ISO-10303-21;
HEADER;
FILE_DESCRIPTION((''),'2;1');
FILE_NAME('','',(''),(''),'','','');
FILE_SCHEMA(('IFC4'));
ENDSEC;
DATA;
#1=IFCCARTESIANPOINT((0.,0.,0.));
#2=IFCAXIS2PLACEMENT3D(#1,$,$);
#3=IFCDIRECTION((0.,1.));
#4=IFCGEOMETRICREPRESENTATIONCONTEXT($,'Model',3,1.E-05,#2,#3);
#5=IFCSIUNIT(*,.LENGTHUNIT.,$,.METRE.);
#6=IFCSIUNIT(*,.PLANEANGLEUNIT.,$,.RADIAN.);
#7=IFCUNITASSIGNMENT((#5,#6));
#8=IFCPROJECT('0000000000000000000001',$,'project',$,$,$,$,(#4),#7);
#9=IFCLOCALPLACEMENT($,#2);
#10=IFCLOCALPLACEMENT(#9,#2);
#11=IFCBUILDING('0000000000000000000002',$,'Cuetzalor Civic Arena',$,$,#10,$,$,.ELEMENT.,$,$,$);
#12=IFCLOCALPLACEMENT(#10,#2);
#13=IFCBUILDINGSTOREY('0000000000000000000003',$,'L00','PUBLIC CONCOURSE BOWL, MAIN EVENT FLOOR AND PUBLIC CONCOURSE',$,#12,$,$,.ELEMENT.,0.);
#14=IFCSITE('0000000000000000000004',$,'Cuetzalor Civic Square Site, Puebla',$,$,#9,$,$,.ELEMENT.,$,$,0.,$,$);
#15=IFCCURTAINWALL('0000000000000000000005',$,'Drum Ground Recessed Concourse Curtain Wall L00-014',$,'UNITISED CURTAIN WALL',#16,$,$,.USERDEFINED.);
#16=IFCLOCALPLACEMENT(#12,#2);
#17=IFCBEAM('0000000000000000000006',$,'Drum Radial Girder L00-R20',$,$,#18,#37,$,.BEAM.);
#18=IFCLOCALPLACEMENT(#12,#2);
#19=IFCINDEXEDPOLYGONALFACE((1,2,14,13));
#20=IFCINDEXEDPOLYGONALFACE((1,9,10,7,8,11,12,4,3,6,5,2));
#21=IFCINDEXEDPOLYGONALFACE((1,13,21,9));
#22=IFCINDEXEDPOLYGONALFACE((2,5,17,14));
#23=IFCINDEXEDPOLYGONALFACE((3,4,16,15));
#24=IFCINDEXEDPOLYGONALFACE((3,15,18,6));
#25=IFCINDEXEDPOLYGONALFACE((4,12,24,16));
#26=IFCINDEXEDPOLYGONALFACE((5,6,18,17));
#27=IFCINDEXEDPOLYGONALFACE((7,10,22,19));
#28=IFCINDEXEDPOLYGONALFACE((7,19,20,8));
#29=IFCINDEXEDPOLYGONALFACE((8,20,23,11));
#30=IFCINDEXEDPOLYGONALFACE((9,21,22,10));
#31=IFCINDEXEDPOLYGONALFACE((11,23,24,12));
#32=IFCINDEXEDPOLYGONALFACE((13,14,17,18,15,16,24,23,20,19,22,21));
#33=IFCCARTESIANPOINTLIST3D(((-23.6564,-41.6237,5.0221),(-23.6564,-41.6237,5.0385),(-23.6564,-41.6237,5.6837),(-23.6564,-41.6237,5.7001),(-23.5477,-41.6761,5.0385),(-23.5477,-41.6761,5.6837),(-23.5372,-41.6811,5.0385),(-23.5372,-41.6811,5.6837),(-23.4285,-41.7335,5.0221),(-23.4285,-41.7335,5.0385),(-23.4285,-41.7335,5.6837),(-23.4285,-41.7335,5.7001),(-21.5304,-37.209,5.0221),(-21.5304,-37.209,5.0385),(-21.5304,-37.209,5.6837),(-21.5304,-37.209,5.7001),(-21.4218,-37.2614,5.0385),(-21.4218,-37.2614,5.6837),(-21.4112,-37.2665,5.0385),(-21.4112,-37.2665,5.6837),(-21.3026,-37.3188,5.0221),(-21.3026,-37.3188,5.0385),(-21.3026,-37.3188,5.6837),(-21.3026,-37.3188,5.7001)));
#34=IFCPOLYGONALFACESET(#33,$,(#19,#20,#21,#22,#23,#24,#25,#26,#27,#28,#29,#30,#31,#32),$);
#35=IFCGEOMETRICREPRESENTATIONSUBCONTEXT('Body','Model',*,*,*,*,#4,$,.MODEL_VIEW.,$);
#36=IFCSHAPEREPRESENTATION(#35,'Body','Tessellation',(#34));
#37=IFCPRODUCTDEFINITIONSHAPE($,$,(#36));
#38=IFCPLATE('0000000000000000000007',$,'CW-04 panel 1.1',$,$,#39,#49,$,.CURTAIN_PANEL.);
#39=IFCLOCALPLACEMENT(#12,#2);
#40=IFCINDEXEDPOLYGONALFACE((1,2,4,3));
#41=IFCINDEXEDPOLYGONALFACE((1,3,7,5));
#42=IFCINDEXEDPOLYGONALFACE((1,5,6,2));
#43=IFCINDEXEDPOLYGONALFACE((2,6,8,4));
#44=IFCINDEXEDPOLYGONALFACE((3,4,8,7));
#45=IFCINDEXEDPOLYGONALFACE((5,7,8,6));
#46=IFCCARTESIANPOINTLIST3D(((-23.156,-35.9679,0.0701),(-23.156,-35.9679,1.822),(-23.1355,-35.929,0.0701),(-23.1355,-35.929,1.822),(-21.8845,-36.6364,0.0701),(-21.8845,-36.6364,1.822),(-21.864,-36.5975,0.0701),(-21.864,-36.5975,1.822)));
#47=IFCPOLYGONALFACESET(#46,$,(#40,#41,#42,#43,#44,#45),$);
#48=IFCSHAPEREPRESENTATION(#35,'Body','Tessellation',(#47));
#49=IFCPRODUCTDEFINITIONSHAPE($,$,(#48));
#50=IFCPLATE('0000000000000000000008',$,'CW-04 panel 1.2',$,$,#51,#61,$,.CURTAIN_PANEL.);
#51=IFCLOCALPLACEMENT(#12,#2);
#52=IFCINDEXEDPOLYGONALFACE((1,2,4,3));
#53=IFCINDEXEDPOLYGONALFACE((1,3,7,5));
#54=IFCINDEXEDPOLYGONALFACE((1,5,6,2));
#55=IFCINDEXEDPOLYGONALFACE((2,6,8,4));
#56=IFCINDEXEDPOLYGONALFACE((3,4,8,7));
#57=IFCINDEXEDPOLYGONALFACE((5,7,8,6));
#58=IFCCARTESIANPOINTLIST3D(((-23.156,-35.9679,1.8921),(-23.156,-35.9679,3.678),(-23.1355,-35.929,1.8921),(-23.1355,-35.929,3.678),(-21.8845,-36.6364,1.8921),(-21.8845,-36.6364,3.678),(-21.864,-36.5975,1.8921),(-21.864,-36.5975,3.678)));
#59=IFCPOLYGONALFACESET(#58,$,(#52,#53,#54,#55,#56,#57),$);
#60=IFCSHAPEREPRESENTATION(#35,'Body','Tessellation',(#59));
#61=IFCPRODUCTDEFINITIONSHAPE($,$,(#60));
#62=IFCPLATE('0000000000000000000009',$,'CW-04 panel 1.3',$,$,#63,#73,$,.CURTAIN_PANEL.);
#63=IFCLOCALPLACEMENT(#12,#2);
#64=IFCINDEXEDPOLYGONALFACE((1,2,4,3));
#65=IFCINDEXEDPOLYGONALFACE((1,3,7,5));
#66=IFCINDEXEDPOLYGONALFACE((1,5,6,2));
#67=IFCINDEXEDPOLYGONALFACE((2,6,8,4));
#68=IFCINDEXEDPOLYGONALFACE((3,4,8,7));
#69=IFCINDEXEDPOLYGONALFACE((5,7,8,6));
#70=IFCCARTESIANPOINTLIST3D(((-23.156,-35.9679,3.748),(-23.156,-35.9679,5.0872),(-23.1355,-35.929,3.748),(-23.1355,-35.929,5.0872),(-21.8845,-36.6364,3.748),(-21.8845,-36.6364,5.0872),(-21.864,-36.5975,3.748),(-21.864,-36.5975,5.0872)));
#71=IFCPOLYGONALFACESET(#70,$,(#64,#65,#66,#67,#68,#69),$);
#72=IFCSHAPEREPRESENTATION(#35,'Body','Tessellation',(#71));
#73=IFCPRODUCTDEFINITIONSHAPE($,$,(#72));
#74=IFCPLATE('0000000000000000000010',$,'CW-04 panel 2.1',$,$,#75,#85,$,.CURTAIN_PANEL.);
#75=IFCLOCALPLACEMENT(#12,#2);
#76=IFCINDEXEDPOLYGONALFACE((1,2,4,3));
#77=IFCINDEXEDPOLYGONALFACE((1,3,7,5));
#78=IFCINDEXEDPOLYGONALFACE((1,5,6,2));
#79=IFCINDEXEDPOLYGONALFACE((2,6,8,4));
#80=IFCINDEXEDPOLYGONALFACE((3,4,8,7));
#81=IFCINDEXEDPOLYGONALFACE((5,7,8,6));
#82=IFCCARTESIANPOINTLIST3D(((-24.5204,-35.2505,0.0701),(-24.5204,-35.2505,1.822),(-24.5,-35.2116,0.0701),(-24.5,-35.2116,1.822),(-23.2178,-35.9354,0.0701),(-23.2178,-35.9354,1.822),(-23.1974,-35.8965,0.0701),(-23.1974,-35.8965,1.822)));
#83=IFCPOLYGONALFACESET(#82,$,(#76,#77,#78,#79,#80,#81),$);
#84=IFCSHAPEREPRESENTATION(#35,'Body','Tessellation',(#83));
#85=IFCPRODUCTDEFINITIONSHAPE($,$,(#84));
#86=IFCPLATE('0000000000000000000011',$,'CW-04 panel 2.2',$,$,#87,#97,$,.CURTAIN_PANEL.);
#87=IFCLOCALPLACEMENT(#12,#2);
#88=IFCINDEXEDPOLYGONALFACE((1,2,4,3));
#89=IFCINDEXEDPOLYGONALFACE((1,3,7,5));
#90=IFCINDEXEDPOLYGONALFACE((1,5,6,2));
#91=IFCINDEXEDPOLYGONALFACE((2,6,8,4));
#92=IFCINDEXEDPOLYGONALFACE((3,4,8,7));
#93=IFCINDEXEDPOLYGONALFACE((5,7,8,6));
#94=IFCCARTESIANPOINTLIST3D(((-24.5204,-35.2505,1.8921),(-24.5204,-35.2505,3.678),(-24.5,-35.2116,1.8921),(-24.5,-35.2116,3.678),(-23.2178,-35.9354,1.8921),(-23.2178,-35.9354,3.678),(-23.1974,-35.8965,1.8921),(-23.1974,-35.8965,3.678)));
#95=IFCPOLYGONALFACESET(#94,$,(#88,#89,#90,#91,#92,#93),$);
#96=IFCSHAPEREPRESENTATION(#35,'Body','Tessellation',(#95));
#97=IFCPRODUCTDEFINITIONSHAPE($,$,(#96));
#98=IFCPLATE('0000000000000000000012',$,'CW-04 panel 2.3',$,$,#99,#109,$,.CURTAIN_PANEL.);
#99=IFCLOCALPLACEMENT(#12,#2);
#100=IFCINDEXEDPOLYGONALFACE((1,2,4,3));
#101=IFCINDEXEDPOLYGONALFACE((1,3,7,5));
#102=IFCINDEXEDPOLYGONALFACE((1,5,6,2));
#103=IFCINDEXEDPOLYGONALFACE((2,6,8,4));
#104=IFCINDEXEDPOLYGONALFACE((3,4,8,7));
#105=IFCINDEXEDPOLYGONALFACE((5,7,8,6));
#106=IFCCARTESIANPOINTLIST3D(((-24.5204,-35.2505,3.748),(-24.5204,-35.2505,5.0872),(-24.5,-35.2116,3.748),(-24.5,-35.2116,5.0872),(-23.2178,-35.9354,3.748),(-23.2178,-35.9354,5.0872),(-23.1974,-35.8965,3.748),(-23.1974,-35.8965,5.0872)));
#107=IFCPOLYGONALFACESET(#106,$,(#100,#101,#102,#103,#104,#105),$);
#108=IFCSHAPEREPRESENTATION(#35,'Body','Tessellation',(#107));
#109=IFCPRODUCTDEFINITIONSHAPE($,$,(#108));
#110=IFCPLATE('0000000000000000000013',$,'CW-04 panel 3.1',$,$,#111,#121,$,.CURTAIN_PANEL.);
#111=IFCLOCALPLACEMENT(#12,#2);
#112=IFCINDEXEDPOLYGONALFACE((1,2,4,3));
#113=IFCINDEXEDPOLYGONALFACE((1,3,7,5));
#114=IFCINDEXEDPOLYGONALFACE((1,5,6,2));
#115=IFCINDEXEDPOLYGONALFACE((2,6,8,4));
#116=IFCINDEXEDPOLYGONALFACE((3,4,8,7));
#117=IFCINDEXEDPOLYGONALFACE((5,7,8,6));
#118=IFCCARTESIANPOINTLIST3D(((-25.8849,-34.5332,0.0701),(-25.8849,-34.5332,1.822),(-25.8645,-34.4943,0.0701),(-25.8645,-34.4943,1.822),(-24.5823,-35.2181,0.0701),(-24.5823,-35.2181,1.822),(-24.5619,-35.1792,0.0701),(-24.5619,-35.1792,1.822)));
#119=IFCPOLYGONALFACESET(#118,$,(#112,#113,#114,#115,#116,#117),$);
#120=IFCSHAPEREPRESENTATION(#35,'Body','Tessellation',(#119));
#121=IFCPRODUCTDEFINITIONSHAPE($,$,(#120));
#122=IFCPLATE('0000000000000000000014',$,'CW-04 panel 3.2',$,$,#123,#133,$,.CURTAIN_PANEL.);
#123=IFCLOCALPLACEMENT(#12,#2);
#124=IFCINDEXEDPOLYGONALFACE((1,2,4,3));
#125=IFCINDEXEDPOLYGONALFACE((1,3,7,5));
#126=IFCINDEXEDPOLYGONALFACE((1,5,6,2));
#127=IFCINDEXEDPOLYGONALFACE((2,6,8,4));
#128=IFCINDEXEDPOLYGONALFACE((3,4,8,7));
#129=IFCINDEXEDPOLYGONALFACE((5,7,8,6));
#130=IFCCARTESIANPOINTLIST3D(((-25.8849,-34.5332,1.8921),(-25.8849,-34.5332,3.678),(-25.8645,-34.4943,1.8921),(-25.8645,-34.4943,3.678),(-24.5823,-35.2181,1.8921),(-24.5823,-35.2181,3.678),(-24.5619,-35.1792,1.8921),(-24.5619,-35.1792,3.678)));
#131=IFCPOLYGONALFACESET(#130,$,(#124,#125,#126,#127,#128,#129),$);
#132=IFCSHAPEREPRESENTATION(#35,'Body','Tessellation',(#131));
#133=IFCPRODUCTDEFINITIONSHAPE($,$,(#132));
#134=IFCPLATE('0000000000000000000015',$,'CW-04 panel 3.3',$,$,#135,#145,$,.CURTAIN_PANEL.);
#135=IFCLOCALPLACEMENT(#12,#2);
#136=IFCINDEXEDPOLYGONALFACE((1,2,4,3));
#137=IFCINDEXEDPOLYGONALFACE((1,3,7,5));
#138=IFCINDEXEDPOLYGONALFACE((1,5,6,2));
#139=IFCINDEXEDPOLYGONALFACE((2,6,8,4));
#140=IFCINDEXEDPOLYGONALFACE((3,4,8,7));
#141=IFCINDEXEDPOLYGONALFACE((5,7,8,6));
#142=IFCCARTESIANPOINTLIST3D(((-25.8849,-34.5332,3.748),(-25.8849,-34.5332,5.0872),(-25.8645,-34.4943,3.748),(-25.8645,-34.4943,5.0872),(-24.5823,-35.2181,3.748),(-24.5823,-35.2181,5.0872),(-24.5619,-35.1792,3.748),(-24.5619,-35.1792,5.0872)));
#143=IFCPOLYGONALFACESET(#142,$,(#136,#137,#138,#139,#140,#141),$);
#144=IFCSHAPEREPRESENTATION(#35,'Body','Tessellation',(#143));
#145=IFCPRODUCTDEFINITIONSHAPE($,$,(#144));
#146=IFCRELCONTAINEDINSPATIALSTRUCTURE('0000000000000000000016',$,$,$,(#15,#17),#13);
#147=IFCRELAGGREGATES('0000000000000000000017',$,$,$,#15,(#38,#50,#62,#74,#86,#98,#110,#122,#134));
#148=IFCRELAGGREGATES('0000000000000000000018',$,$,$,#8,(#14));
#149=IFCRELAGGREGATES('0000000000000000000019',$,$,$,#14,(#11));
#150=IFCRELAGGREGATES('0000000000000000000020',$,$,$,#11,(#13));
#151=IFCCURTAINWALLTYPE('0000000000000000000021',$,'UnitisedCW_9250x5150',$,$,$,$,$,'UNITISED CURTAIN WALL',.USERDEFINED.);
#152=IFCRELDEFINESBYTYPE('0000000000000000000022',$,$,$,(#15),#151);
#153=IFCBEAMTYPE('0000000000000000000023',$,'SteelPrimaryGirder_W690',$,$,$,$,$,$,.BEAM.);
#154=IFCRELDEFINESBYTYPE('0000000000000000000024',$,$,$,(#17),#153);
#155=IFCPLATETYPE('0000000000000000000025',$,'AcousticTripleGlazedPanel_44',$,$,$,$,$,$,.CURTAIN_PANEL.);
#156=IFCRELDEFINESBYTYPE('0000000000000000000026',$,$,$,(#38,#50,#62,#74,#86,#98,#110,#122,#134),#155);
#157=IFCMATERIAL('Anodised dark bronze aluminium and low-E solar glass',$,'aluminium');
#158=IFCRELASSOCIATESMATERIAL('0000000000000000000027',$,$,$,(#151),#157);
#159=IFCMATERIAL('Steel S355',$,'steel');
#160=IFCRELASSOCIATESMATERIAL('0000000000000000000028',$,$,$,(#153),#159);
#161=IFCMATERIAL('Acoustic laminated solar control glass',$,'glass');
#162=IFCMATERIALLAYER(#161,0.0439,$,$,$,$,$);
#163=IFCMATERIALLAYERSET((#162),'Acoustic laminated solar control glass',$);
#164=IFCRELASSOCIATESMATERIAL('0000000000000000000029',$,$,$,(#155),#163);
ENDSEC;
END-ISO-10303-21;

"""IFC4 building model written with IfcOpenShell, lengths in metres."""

from ifc_helpers import new_model, si_unit, direction, frame, origin, origin_2d, place, context, subcontext, project, spatial, rectangle, i_section, extrude, material, layer, layer_set, material_profile, profile_set, type_object, element, aggregate, save


model = new_model("IFC4")

# Units and contexts
model_context = context("Model", 3, precision=1e-05, world=origin(), true_north=direction((0.0, 1.0)))
body_context = subcontext(model_context, "Body", "Model", "MODEL_VIEW")
ifc_project = project(units=[si_unit("LENGTHUNIT", "METRE"), si_unit("PLANEANGLEUNIT", "RADIAN")], contexts=[model_context])

# Site, building, storey
site_placement = place(None, origin())
site = spatial("IfcSite", under=ifc_project, at=site_placement, Name="Cuetzalor Civic Square Site, Puebla", CompositionType="ELEMENT", RefElevation=0.0)
building_placement = place(site_placement, origin())
building = spatial("IfcBuilding", under=site, at=building_placement, Name="Cuetzalor Civic Arena", CompositionType="ELEMENT")
storey_placement = place(building_placement, origin())
storey = spatial("IfcBuildingStorey", under=building, at=storey_placement, Name="L00", Description="PUBLIC CONCOURSE BOWL, MAIN EVENT FLOOR AND PUBLIC CONCOURSE", CompositionType="ELEMENT", Elevation=0.0)

# Curtain wall
ifc_material_1 = material(Name="Anodised dark bronze aluminium and low-E solar glass", Category="aluminium")
curtain_wall_type = type_object("IfcCurtainWallType", Name="UnitisedCW_9250x5150", ElementType="UNITISED CURTAIN WALL", PredefinedType="USERDEFINED", material=ifc_material_1)
curtain_wall_placement = place(storey_placement, origin())
curtain_wall = element("IfcCurtainWall", 1, at=curtain_wall_placement, inside=storey, type_object=curtain_wall_type, Name="Drum Ground Recessed Concourse Curtain Wall L00-014", ObjectType="UNITISED CURTAIN WALL", PredefinedType="USERDEFINED")

# Beam
ifc_material_2 = material(Name="Steel S355", Category="steel")
ifc_material_profile_1 = material_profile(ifc_material_2, i_section(OverallWidth=0.2529, OverallDepth=0.678, WebThickness=0.0117, FlangeThickness=0.0164, at=origin_2d()), Name="W690x125")
ifc_profile_set_1 = profile_set([ifc_material_profile_1], Name="Steel S355")
beam_type_1 = type_object("IfcBeamType", Name="SteelPrimaryGirder_W690", PredefinedType="BEAM", material=ifc_profile_set_1)
beam_1_placement = place(storey_placement, frame((-21.4165, -37.2639, 5.3611), z_axis=(-0.433871, -0.900975, 0.0), x_axis=(0.900975, -0.433871, 0.0)))
element("IfcBeam", 2, at=beam_1_placement, inside=storey, type_object=beam_type_1, Name="Drum Radial Girder L00-R20", PredefinedType="BEAM", context=body_context, shape_type="SweptSolid", body=[
    extrude(i_section(OverallWidth=0.2529, OverallDepth=0.678, WebThickness=0.0117, FlangeThickness=0.0164, at=origin_2d()), origin(), (0.0, 0.0, 1.0), 4.8999),
])

# Plates
ifc_material_3 = material(Name="Acoustic laminated solar control glass", Category="glass")
ifc_layer = layer(ifc_material_3, 0.0439)
ifc_layer_set = layer_set([ifc_layer], Name="Acoustic laminated solar control glass")
plate_type = type_object("IfcPlateType", Name="AcousticTripleGlazedPanel_44", PredefinedType="CURTAIN_PANEL", material=ifc_layer_set)
plate_1_placement = place(storey_placement, frame((-22.51, -36.2827, 0.0701), z_axis=(0.0, 0.0, 1.0), x_axis=(-0.885118, 0.465366, 0.0)))
plate_1 = element("IfcPlate", 3, at=plate_1_placement, type_object=plate_type, Name="CW-04 panel 1.1", PredefinedType="CURTAIN_PANEL", context=body_context, shape_type="SweptSolid", body=[
    extrude(rectangle(XDim=1.4365, YDim=0.0439, at=origin_2d()), origin(), (0.0, 0.0, 1.0), 1.752),
])
plate_2_placement = place(storey_placement, frame((-22.51, -36.2827, 1.8921), z_axis=(0.0, 0.0, 1.0), x_axis=(-0.885118, 0.465366, 0.0)))
plate_2 = element("IfcPlate", 4, at=plate_2_placement, type_object=plate_type, Name="CW-04 panel 1.2", PredefinedType="CURTAIN_PANEL", context=body_context, shape_type="SweptSolid", body=[
    extrude(rectangle(XDim=1.4365, YDim=0.0439, at=origin_2d()), origin(), (0.0, 0.0, 1.0), 1.7859),
])
plate_3_placement = place(storey_placement, frame((-22.51, -36.2827, 3.748), z_axis=(0.0, 0.0, 1.0), x_axis=(-0.885118, 0.465366, 0.0)))
plate_3 = element("IfcPlate", 5, at=plate_3_placement, type_object=plate_type, Name="CW-04 panel 1.3", PredefinedType="CURTAIN_PANEL", context=body_context, shape_type="SweptSolid", body=[
    extrude(rectangle(XDim=1.4365, YDim=0.0439, at=origin_2d()), origin(), (0.0, 0.0, 1.0), 1.3391),
])
plate_4_placement = place(storey_placement, frame((-23.8589, -35.5735, 0.0701), z_axis=(0.0, 0.0, 1.0), x_axis=(-0.885118, 0.465366, 0.0)))
plate_4 = element("IfcPlate", 6, at=plate_4_placement, type_object=plate_type, Name="CW-04 panel 2.1", PredefinedType="CURTAIN_PANEL", context=body_context, shape_type="SweptSolid", body=[
    extrude(rectangle(XDim=1.4717, YDim=0.0439, at=origin_2d()), origin(), (0.0, 0.0, 1.0), 1.752),
])
plate_5_placement = place(storey_placement, frame((-23.8589, -35.5735, 1.8921), z_axis=(0.0, 0.0, 1.0), x_axis=(-0.885118, 0.465366, 0.0)))
plate_5 = element("IfcPlate", 7, at=plate_5_placement, type_object=plate_type, Name="CW-04 panel 2.2", PredefinedType="CURTAIN_PANEL", context=body_context, shape_type="SweptSolid", body=[
    extrude(rectangle(XDim=1.4717, YDim=0.0439, at=origin_2d()), origin(), (0.0, 0.0, 1.0), 1.7859),
])
plate_6_placement = place(storey_placement, frame((-23.8589, -35.5735, 3.748), z_axis=(0.0, 0.0, 1.0), x_axis=(-0.885118, 0.465366, 0.0)))
plate_6 = element("IfcPlate", 8, at=plate_6_placement, type_object=plate_type, Name="CW-04 panel 2.3", PredefinedType="CURTAIN_PANEL", context=body_context, shape_type="SweptSolid", body=[
    extrude(rectangle(XDim=1.4717, YDim=0.0439, at=origin_2d()), origin(), (0.0, 0.0, 1.0), 1.3391),
])
plate_7_placement = place(storey_placement, frame((-25.2234, -34.8562, 0.0701), z_axis=(0.0, 0.0, 1.0), x_axis=(-0.885118, 0.465366, 0.0)))
plate_7 = element("IfcPlate", 9, at=plate_7_placement, type_object=plate_type, Name="CW-04 panel 3.1", PredefinedType="CURTAIN_PANEL", context=body_context, shape_type="SweptSolid", body=[
    extrude(rectangle(XDim=1.4717, YDim=0.0439, at=origin_2d()), origin(), (0.0, 0.0, 1.0), 1.752),
])
plate_8_placement = place(storey_placement, frame((-25.2234, -34.8562, 1.8921), z_axis=(0.0, 0.0, 1.0), x_axis=(-0.885118, 0.465366, 0.0)))
plate_8 = element("IfcPlate", 10, at=plate_8_placement, type_object=plate_type, Name="CW-04 panel 3.2", PredefinedType="CURTAIN_PANEL", context=body_context, shape_type="SweptSolid", body=[
    extrude(rectangle(XDim=1.4717, YDim=0.0439, at=origin_2d()), origin(), (0.0, 0.0, 1.0), 1.7859),
])
plate_9_placement = place(storey_placement, frame((-25.2234, -34.8562, 3.748), z_axis=(0.0, 0.0, 1.0), x_axis=(-0.885118, 0.465366, 0.0)))
plate_9 = element("IfcPlate", 11, at=plate_9_placement, type_object=plate_type, Name="CW-04 panel 3.3", PredefinedType="CURTAIN_PANEL", context=body_context, shape_type="SweptSolid", body=[
    extrude(rectangle(XDim=1.4717, YDim=0.0439, at=origin_2d()), origin(), (0.0, 0.0, 1.0), 1.3391),
])
aggregate(curtain_wall, [plate_1, plate_2, plate_3, plate_4, plate_5, plate_6, plate_7, plate_8, plate_9])

save(model, "model.ifc")
